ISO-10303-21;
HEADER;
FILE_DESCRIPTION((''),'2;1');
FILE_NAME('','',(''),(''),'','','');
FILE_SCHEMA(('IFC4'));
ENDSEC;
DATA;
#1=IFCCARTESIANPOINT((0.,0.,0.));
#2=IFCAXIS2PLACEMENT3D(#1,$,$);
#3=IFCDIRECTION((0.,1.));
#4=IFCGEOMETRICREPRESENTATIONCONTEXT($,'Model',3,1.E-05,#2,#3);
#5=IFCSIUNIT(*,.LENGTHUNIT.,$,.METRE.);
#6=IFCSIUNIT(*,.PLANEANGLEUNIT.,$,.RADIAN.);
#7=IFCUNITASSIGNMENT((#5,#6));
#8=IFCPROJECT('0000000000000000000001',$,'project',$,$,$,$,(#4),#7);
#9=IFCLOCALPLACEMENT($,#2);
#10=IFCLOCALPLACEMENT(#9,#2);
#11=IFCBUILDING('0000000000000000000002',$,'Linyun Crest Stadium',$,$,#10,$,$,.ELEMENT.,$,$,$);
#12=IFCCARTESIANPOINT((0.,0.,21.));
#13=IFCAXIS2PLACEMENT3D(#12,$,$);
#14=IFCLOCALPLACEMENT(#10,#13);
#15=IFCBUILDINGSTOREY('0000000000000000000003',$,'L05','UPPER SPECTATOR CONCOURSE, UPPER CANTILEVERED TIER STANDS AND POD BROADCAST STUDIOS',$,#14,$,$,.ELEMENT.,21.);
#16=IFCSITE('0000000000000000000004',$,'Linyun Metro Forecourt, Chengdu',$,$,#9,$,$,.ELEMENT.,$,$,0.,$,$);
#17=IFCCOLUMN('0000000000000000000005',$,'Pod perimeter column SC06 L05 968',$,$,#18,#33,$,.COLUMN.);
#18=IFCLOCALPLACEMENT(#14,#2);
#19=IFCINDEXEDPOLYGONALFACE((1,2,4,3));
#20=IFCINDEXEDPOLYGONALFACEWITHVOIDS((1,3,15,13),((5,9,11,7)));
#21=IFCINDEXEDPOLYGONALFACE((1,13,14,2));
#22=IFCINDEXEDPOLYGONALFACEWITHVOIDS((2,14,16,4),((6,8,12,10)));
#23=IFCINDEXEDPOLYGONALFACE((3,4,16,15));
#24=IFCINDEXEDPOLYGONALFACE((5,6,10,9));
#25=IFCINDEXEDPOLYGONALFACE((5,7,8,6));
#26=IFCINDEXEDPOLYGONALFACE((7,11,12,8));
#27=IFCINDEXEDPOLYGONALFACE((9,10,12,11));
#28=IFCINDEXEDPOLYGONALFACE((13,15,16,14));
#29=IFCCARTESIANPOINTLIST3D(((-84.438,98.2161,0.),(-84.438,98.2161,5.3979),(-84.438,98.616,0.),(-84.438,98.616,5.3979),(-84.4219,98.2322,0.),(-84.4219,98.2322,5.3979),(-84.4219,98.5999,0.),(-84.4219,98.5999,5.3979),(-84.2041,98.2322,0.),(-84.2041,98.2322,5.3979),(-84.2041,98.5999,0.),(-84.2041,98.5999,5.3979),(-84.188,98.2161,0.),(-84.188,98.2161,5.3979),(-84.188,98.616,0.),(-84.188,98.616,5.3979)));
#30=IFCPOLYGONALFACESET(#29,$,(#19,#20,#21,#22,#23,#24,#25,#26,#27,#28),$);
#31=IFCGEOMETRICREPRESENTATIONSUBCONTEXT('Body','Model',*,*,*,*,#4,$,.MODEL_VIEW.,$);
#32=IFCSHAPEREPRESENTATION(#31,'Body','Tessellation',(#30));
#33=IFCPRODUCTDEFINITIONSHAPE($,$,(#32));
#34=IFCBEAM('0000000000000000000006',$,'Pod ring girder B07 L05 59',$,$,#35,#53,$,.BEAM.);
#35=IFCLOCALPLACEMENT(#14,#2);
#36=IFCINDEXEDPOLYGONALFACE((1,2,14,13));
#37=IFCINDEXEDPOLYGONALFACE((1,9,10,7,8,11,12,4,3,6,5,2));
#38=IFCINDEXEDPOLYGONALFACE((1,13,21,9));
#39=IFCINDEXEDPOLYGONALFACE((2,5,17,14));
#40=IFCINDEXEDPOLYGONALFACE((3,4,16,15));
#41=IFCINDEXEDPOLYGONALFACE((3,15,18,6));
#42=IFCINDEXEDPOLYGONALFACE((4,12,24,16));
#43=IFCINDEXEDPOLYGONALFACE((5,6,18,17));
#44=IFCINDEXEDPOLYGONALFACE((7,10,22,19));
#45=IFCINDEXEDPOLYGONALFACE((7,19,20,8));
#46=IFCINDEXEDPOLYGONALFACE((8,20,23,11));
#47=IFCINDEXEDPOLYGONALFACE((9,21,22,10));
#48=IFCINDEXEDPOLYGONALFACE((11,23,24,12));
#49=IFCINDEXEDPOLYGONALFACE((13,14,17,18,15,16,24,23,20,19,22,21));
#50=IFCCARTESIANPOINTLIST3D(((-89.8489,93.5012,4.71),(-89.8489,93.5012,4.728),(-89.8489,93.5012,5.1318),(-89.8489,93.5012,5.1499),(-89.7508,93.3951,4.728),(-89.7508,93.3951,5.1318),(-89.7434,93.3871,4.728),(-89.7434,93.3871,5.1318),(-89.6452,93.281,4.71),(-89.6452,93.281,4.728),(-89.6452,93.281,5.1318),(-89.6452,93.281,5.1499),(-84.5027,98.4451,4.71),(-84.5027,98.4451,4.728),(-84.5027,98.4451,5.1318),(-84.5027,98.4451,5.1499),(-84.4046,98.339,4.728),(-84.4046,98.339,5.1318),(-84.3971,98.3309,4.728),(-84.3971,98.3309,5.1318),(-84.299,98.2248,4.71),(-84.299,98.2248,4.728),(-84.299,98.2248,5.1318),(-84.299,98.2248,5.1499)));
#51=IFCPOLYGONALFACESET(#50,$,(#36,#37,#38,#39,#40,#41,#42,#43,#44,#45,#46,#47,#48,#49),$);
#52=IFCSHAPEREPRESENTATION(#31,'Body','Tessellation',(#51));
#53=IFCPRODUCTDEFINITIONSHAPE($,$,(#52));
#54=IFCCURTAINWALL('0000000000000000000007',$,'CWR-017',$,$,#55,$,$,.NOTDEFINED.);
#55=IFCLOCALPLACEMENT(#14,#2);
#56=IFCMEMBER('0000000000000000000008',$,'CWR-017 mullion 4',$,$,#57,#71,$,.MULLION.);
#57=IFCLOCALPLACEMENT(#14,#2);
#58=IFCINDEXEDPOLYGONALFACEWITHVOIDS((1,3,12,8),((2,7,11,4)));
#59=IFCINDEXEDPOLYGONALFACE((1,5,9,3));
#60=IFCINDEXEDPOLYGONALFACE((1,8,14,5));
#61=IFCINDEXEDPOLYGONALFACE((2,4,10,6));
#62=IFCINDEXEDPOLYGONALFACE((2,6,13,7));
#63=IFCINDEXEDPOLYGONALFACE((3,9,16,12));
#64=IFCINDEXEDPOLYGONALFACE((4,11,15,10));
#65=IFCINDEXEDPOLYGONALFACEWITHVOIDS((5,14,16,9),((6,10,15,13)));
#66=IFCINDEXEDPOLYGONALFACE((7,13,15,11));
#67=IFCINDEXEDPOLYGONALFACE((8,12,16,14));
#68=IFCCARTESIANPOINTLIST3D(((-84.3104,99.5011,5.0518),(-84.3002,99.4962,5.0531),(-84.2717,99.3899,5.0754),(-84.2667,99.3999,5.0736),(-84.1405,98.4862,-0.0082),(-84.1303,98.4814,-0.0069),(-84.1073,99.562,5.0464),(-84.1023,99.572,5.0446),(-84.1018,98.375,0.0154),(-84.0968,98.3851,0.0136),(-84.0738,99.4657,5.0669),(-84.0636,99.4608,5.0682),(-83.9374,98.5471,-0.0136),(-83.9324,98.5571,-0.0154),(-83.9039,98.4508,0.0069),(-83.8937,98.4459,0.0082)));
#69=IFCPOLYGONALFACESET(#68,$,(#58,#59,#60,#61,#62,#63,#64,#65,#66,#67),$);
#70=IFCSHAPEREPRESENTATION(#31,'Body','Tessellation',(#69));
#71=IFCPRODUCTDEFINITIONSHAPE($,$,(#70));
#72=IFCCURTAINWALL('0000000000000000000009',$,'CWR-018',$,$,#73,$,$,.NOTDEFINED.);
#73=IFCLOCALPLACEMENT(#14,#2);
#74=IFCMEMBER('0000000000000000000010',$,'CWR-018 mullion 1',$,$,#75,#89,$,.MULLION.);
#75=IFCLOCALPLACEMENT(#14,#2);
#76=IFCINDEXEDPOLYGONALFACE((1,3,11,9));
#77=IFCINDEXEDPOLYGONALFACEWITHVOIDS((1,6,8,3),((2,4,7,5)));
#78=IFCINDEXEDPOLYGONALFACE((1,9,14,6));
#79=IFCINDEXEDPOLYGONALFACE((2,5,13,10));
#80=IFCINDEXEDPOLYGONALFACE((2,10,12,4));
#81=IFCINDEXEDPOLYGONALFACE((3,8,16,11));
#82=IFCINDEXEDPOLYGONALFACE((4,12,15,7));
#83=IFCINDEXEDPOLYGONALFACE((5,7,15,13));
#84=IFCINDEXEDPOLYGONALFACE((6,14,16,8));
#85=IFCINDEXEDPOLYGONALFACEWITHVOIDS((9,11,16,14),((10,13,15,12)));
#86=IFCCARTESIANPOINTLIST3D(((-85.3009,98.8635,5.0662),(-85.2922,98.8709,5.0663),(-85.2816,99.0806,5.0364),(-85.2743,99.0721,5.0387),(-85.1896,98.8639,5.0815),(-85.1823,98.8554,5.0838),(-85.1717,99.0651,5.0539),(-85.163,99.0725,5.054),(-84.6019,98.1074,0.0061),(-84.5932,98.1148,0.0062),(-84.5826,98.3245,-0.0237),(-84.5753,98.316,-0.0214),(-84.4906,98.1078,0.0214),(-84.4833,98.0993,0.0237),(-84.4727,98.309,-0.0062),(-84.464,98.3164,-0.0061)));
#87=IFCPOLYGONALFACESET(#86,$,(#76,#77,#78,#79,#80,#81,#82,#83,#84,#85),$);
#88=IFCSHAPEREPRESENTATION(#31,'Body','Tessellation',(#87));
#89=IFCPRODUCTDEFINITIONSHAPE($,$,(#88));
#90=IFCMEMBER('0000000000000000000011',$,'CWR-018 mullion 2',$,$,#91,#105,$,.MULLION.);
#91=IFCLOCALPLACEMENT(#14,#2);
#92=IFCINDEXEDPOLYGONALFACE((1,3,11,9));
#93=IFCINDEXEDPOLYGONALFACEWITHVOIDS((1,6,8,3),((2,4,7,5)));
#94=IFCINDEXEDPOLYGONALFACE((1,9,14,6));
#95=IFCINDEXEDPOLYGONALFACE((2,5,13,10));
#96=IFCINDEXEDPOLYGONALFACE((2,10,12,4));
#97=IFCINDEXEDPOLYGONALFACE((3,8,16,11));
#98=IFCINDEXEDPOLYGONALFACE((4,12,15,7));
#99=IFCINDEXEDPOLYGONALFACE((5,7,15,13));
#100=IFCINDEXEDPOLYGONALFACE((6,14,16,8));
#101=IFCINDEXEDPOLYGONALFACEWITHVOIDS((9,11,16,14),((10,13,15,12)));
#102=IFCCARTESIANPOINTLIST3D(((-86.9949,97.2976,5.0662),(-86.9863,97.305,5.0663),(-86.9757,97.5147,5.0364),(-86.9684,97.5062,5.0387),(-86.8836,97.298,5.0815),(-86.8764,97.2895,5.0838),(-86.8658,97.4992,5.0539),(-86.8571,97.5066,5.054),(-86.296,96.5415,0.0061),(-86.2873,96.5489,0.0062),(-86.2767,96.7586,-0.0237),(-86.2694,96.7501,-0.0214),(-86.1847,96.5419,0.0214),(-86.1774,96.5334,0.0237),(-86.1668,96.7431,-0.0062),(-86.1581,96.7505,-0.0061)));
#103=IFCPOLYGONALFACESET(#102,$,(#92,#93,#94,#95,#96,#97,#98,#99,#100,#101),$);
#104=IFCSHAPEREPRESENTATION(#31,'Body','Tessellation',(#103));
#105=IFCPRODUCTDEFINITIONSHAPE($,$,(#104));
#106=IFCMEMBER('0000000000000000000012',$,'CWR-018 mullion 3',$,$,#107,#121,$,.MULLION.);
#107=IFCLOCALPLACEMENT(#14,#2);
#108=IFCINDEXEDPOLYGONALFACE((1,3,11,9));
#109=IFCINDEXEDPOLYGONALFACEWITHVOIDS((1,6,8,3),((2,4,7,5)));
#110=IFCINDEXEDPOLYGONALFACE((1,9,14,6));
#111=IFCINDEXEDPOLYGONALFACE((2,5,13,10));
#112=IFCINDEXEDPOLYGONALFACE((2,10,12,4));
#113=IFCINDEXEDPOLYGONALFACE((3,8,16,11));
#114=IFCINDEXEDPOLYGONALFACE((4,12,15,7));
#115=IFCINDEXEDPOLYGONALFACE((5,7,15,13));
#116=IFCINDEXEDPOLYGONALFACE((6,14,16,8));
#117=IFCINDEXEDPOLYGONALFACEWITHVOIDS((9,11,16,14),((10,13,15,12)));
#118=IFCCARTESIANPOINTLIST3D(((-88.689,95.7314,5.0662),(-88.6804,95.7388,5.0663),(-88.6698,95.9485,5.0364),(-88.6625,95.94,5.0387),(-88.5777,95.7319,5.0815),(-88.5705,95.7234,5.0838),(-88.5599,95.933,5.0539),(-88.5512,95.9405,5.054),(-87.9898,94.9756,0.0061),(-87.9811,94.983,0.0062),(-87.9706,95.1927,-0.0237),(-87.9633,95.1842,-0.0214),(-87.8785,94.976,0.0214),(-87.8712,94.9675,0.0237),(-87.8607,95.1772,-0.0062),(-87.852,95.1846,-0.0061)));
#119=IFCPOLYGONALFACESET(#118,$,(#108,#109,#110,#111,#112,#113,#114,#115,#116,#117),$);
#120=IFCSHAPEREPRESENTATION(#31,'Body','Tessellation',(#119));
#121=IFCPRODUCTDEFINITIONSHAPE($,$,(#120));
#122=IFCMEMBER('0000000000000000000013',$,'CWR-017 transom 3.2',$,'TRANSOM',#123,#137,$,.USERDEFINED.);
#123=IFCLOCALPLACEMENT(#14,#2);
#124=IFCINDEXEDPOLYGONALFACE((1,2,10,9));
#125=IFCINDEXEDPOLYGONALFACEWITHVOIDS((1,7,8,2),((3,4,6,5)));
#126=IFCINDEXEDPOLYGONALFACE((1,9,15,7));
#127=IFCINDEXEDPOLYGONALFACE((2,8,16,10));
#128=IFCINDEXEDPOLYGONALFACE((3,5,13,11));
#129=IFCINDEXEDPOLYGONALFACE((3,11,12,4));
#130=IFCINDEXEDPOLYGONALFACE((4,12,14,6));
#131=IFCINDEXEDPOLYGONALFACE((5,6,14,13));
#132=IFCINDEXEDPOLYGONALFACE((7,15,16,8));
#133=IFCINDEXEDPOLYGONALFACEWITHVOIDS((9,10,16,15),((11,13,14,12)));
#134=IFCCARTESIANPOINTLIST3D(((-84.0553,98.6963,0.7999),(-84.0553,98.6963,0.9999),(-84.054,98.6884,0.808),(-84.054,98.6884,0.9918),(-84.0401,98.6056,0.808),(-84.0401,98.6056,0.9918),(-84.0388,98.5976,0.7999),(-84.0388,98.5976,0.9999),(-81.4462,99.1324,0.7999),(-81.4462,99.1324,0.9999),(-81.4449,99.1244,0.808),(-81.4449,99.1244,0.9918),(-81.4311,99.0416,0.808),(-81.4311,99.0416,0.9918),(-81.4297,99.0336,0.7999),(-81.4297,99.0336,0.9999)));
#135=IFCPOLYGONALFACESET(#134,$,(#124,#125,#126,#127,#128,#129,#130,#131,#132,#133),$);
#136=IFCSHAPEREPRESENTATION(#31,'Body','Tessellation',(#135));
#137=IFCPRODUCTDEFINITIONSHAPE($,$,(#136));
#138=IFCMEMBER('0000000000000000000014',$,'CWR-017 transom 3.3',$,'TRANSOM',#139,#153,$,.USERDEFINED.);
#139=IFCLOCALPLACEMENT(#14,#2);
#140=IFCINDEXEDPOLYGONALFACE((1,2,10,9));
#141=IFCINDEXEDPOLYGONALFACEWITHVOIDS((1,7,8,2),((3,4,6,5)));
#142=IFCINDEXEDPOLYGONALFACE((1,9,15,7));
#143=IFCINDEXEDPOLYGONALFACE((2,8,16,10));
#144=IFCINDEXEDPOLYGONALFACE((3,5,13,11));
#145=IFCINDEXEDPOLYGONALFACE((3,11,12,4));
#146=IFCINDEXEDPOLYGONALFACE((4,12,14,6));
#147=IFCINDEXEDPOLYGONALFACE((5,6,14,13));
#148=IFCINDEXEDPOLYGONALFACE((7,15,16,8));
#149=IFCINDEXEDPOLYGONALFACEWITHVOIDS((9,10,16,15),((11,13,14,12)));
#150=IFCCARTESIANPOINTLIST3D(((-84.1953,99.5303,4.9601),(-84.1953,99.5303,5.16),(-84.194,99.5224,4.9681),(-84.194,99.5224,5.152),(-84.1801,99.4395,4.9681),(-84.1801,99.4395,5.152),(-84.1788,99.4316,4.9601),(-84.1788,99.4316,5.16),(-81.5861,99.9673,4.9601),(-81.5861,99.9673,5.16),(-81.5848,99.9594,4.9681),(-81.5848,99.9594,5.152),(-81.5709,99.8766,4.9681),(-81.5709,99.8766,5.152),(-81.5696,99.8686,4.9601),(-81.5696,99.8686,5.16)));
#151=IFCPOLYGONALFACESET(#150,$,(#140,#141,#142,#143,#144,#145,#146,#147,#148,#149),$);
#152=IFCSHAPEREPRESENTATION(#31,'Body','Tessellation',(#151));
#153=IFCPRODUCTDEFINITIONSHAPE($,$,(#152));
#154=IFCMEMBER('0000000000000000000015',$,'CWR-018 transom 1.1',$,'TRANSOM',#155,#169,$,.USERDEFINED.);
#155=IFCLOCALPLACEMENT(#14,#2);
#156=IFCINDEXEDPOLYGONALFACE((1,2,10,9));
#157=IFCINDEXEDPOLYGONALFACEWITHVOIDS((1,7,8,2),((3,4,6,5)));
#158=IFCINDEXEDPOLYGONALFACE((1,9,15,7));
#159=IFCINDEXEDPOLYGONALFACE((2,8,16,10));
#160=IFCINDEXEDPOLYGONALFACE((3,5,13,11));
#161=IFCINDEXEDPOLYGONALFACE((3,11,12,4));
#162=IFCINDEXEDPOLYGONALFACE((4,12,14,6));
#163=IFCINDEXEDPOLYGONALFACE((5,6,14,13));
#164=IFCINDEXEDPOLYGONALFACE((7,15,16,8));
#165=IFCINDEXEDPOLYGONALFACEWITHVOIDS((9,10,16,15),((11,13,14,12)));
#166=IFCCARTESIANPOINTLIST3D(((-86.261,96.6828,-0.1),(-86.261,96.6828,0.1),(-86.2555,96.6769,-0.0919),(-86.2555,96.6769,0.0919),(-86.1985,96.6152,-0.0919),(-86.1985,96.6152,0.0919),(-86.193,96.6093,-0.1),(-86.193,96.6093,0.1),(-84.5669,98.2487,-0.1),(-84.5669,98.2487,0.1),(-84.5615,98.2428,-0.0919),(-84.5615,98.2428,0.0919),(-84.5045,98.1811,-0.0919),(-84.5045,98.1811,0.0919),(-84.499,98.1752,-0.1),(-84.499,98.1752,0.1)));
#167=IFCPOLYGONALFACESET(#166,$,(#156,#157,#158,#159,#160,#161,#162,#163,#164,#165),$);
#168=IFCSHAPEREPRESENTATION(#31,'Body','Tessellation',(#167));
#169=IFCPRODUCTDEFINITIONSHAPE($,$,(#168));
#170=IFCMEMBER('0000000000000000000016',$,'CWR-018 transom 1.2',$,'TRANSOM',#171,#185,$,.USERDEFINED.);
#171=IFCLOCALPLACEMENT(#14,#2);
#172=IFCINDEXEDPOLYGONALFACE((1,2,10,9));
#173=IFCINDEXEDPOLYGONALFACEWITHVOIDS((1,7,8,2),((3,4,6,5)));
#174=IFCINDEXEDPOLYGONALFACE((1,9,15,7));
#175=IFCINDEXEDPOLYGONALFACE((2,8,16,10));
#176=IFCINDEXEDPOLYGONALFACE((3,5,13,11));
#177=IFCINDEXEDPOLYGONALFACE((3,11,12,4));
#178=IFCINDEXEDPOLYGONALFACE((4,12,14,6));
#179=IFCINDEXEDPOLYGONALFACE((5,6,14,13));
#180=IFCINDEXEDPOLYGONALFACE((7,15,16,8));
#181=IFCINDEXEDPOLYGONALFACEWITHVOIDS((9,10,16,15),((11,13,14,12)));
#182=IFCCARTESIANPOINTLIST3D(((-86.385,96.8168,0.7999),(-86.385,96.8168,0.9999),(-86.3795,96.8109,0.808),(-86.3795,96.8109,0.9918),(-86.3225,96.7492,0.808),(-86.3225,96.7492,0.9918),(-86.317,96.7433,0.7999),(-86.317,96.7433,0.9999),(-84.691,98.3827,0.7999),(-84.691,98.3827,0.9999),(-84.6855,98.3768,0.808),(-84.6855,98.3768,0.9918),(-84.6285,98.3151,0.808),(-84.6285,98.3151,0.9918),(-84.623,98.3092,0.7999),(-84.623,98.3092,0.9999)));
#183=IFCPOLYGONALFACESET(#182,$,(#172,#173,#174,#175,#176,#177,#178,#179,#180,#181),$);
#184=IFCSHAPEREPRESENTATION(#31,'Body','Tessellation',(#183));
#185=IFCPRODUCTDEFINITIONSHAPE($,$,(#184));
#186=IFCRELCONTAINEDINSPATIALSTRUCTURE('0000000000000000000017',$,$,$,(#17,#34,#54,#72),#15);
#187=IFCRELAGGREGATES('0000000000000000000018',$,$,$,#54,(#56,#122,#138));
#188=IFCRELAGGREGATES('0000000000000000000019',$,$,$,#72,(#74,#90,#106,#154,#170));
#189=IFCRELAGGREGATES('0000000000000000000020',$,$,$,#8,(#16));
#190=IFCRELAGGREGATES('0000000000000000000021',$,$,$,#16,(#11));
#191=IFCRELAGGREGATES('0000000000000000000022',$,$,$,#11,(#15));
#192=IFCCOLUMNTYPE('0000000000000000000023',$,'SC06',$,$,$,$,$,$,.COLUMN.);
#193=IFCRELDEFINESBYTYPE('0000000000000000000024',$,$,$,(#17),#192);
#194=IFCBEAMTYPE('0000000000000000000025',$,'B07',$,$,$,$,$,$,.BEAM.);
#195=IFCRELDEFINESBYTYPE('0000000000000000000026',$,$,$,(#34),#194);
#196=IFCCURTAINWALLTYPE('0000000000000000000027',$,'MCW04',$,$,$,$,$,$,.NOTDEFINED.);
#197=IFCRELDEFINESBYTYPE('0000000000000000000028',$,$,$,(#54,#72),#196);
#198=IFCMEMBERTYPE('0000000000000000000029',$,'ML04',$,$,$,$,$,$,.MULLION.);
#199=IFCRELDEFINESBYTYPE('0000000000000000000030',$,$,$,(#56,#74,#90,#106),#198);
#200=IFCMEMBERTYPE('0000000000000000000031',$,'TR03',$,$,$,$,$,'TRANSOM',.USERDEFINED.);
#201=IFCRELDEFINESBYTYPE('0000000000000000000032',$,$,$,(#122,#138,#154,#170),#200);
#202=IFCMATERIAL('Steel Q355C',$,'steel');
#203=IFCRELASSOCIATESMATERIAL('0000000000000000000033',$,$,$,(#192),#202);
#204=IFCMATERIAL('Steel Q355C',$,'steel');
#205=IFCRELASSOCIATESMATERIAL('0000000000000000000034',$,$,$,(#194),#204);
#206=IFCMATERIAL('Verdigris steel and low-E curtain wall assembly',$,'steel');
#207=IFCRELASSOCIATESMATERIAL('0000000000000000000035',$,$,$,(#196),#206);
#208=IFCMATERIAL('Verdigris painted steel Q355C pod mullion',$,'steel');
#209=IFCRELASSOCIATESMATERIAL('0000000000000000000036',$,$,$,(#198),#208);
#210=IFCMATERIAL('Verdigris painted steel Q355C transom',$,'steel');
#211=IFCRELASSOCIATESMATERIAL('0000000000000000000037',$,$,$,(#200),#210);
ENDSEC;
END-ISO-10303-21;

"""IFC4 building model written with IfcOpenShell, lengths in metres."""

from ifc_helpers import new_model, si_unit, direction, frame, origin, origin_2d, place, context, subcontext, project, spatial, hollow_rectangle, i_section, extrude, material, material_profile, profile_set, type_object, element, aggregate, save


model = new_model("IFC4")

# Units and contexts
model_context = context("Model", 3, precision=1e-05, world=origin(), true_north=direction((0.0, 1.0)))
body_context = subcontext(model_context, "Body", "Model", "MODEL_VIEW")
ifc_project = project(units=[si_unit("LENGTHUNIT", "METRE"), si_unit("PLANEANGLEUNIT", "RADIAN")], contexts=[model_context])

# Site, building, storey
site_placement = place(None, origin())
site = spatial("IfcSite", under=ifc_project, at=site_placement, Name="Linyun Metro Forecourt, Chengdu", CompositionType="ELEMENT", RefElevation=0.0)
building_placement = place(site_placement, origin())
building = spatial("IfcBuilding", under=site, at=building_placement, Name="Linyun Crest Stadium", CompositionType="ELEMENT")
storey_placement = place(building_placement, frame((0.0, 0.0, 21.0)))
storey = spatial("IfcBuildingStorey", under=building, at=storey_placement, Name="L05", Description="UPPER SPECTATOR CONCOURSE, UPPER CANTILEVERED TIER STANDS AND POD BROADCAST STUDIOS", CompositionType="ELEMENT", Elevation=21.0)

# Column
ifc_material_1 = material(Name="Steel Q355C", Category="steel")
ifc_material_profile_1 = material_profile(ifc_material_1, hollow_rectangle(XDim=0.25, YDim=0.3999, WallThickness=0.0161, at=origin_2d()), Name="RHS 400x250x16")
ifc_profile_set_1 = profile_set([ifc_material_profile_1], Name="Steel Q355C")
column_type = type_object("IfcColumnType", Name="SC06", PredefinedType="COLUMN", material=ifc_profile_set_1)
column_placement = place(storey_placement, frame((-84.313, 98.416, 0.0), z_axis=(0.0, 0.0, 1.0), x_axis=(1.0, 0.0, 0.0)))
element("IfcColumn", 1, at=column_placement, inside=storey, type_object=column_type, Name="Pod perimeter column SC06 L05 968", PredefinedType="COLUMN", context=body_context, shape_type="SweptSolid", body=[
    extrude(hollow_rectangle(XDim=0.25, YDim=0.3999, WallThickness=0.0161, at=origin_2d()), origin(), (0.0, 0.0, 1.0), 5.3979),
])

# Beam
ifc_material_2 = material(Name="Steel Q355C", Category="steel")
ifc_material_profile_2 = material_profile(ifc_material_2, i_section(OverallWidth=0.3, OverallDepth=0.4399, WebThickness=0.011, FlangeThickness=0.0181, at=origin_2d()), Name="HM 440x300")
ifc_profile_set_2 = profile_set([ifc_material_profile_2], Name="Steel Q355C")
beam_type = type_object("IfcBeamType", Name="B07", PredefinedType="BEAM", material=ifc_profile_set_2)
beam_placement = place(storey_placement, frame((-84.4009, 98.335, 4.9299), z_axis=(-0.734194, -0.67894, 0.0), x_axis=(0.67894, -0.734194, 0.0)))
element("IfcBeam", 2, at=beam_placement, inside=storey, type_object=beam_type, Name="Pod ring girder B07 L05 59", PredefinedType="BEAM", context=body_context, shape_type="SweptSolid", body=[
    extrude(i_section(OverallWidth=0.3, OverallDepth=0.4399, WebThickness=0.011, FlangeThickness=0.0181, at=origin_2d()), origin(), (0.0, 0.0, 1.0), 7.2817),
])

# Curtain wall, member
ifc_material_3 = material(Name="Verdigris steel and low-E curtain wall assembly", Category="steel")
curtain_wall_type = type_object("IfcCurtainWallType", Name="MCW04", PredefinedType="NOTDEFINED", material=ifc_material_3)
curtain_wall_1_placement = place(storey_placement, origin())
curtain_wall_1 = element("IfcCurtainWall", 3, at=curtain_wall_1_placement, inside=storey, type_object=curtain_wall_type, Name="CWR-017", PredefinedType="NOTDEFINED")
ifc_material_4 = material(Name="Verdigris painted steel Q355C pod mullion", Category="steel")
ifc_material_profile_3 = material_profile(ifc_material_4, hollow_rectangle(XDim=0.1201, YDim=0.22, WallThickness=0.0081, at=origin_2d()), Name="RHS 220x120x8")
ifc_profile_set_3 = profile_set([ifc_material_profile_3], Name="Verdigris painted steel Q355C pod mullion")
member_type_1 = type_object("IfcMemberType", Name="ML04", PredefinedType="MULLION", material=ifc_profile_set_3)
member_1_placement = place(storey_placement, frame((-84.0171, 98.4661, 0.0), z_axis=(-0.032907, 0.196546, 0.979942), x_axis=(-0.32238, 0.92598, -0.196549)))
member_1 = element("IfcMember", 4, at=member_1_placement, type_object=member_type_1, Name="CWR-017 mullion 4", PredefinedType="MULLION", context=body_context, shape_type="SweptSolid", body=[
    extrude(hollow_rectangle(XDim=0.1201, YDim=0.22, WallThickness=0.0081, at=origin_2d()), origin(), (0.0, 0.0, 1.0), 5.1636),
])

# Curtain wall, members
curtain_wall_2_placement = place(storey_placement, origin())
curtain_wall_2 = element("IfcCurtainWall", 5, at=curtain_wall_2_placement, inside=storey, type_object=curtain_wall_type, Name="CWR-018", PredefinedType="NOTDEFINED")
member_2_placement = place(storey_placement, frame((-84.533, 98.2119, 0.0), z_axis=(-0.135361, 0.146425, 0.979917), x_axis=(-0.986909, 0.067602, -0.146429)))
member_2 = element("IfcMember", 6, at=member_2_placement, type_object=member_type_1, Name="CWR-018 mullion 1", PredefinedType="MULLION", context=body_context, shape_type="SweptSolid", body=[
    extrude(hollow_rectangle(XDim=0.1201, YDim=0.22, WallThickness=0.0081, at=origin_2d()), origin(), (0.0, 0.0, 1.0), 5.1638),
])
member_3_placement = place(storey_placement, frame((-86.2271, 96.646, 0.0), z_axis=(-0.135361, 0.146425, 0.979917), x_axis=(-0.986909, 0.067602, -0.146429)))
member_3 = element("IfcMember", 7, at=member_3_placement, type_object=member_type_1, Name="CWR-018 mullion 2", PredefinedType="MULLION", context=body_context, shape_type="SweptSolid", body=[
    extrude(hollow_rectangle(XDim=0.1201, YDim=0.22, WallThickness=0.0081, at=origin_2d()), origin(), (0.0, 0.0, 1.0), 5.1638),
])
member_4_placement = place(storey_placement, frame((-87.9209, 95.0801, 0.0), z_axis=(-0.135409, 0.146378, 0.979917), x_axis=(-0.986931, 0.067271, -0.146427)))
member_4 = element("IfcMember", 8, at=member_4_placement, type_object=member_type_1, Name="CWR-018 mullion 3", PredefinedType="MULLION", context=body_context, shape_type="SweptSolid", body=[
    extrude(hollow_rectangle(XDim=0.1201, YDim=0.22, WallThickness=0.0081, at=origin_2d()), origin(), (0.0, 0.0, 1.0), 5.1638),
])

# Members
ifc_material_5 = material(Name="Verdigris painted steel Q355C transom", Category="steel")
ifc_material_profile_4 = material_profile(ifc_material_5, hollow_rectangle(XDim=0.1001, YDim=0.2, WallThickness=0.0081, at=origin_2d()), Name="RHS 200x100x8")
ifc_profile_set_4 = profile_set([ifc_material_profile_4], Name="Verdigris painted steel Q355C transom")
member_type_2 = type_object("IfcMemberType", Name="TR03", ElementType="TRANSOM", PredefinedType="USERDEFINED", material=ifc_profile_set_4)
member_5_placement = place(storey_placement, frame((-81.438, 99.083, 0.8999), z_axis=(-0.986321, -0.164833, 0.0), x_axis=(0.164833, -0.986321, 0.0)))
member_5 = element("IfcMember", 9, at=member_5_placement, type_object=member_type_2, Name="CWR-017 transom 3.2", ObjectType="TRANSOM", PredefinedType="USERDEFINED", context=body_context, shape_type="SweptSolid", body=[
    extrude(hollow_rectangle(XDim=0.1001, YDim=0.2, WallThickness=0.0081, at=origin_2d()), origin(), (0.0, 0.0, 1.0), 2.6453),
])
member_6_placement = place(storey_placement, frame((-81.5779, 99.918, 5.0601), z_axis=(-0.986261, -0.165192, 0.0), x_axis=(0.165192, -0.986261, 0.0)))
member_6 = element("IfcMember", 10, at=member_6_placement, type_object=member_type_2, Name="CWR-017 transom 3.3", ObjectType="TRANSOM", PredefinedType="USERDEFINED", context=body_context, shape_type="SweptSolid", body=[
    extrude(hollow_rectangle(XDim=0.1001, YDim=0.2, WallThickness=0.0081, at=origin_2d()), origin(), (0.0, 0.0, 1.0), 2.6455),
])
member_7_placement = place(storey_placement, frame((-84.533, 98.2119, 0.0), z_axis=(-0.734341, -0.678781, 0.0), x_axis=(0.678781, -0.734341, 0.0)))
member_7 = element("IfcMember", 11, at=member_7_placement, type_object=member_type_2, Name="CWR-018 transom 1.1", ObjectType="TRANSOM", PredefinedType="USERDEFINED", context=body_context, shape_type="SweptSolid", body=[
    extrude(hollow_rectangle(XDim=0.1001, YDim=0.2, WallThickness=0.0081, at=origin_2d()), origin(), (0.0, 0.0, 1.0), 2.3069),
])
member_8_placement = place(storey_placement, frame((-84.657, 98.3459, 0.8999), z_axis=(-0.734341, -0.678781, 0.0), x_axis=(0.678781, -0.734341, 0.0)))
member_8 = element("IfcMember", 12, at=member_8_placement, type_object=member_type_2, Name="CWR-018 transom 1.2", ObjectType="TRANSOM", PredefinedType="USERDEFINED", context=body_context, shape_type="SweptSolid", body=[
    extrude(hollow_rectangle(XDim=0.1001, YDim=0.2, WallThickness=0.0081, at=origin_2d()), origin(), (0.0, 0.0, 1.0), 2.3069),
])

aggregate(curtain_wall_1, [member_1, member_5, member_6])
aggregate(curtain_wall_2, [member_2, member_3, member_4, member_7, member_8])

save(model, "model.ifc")
